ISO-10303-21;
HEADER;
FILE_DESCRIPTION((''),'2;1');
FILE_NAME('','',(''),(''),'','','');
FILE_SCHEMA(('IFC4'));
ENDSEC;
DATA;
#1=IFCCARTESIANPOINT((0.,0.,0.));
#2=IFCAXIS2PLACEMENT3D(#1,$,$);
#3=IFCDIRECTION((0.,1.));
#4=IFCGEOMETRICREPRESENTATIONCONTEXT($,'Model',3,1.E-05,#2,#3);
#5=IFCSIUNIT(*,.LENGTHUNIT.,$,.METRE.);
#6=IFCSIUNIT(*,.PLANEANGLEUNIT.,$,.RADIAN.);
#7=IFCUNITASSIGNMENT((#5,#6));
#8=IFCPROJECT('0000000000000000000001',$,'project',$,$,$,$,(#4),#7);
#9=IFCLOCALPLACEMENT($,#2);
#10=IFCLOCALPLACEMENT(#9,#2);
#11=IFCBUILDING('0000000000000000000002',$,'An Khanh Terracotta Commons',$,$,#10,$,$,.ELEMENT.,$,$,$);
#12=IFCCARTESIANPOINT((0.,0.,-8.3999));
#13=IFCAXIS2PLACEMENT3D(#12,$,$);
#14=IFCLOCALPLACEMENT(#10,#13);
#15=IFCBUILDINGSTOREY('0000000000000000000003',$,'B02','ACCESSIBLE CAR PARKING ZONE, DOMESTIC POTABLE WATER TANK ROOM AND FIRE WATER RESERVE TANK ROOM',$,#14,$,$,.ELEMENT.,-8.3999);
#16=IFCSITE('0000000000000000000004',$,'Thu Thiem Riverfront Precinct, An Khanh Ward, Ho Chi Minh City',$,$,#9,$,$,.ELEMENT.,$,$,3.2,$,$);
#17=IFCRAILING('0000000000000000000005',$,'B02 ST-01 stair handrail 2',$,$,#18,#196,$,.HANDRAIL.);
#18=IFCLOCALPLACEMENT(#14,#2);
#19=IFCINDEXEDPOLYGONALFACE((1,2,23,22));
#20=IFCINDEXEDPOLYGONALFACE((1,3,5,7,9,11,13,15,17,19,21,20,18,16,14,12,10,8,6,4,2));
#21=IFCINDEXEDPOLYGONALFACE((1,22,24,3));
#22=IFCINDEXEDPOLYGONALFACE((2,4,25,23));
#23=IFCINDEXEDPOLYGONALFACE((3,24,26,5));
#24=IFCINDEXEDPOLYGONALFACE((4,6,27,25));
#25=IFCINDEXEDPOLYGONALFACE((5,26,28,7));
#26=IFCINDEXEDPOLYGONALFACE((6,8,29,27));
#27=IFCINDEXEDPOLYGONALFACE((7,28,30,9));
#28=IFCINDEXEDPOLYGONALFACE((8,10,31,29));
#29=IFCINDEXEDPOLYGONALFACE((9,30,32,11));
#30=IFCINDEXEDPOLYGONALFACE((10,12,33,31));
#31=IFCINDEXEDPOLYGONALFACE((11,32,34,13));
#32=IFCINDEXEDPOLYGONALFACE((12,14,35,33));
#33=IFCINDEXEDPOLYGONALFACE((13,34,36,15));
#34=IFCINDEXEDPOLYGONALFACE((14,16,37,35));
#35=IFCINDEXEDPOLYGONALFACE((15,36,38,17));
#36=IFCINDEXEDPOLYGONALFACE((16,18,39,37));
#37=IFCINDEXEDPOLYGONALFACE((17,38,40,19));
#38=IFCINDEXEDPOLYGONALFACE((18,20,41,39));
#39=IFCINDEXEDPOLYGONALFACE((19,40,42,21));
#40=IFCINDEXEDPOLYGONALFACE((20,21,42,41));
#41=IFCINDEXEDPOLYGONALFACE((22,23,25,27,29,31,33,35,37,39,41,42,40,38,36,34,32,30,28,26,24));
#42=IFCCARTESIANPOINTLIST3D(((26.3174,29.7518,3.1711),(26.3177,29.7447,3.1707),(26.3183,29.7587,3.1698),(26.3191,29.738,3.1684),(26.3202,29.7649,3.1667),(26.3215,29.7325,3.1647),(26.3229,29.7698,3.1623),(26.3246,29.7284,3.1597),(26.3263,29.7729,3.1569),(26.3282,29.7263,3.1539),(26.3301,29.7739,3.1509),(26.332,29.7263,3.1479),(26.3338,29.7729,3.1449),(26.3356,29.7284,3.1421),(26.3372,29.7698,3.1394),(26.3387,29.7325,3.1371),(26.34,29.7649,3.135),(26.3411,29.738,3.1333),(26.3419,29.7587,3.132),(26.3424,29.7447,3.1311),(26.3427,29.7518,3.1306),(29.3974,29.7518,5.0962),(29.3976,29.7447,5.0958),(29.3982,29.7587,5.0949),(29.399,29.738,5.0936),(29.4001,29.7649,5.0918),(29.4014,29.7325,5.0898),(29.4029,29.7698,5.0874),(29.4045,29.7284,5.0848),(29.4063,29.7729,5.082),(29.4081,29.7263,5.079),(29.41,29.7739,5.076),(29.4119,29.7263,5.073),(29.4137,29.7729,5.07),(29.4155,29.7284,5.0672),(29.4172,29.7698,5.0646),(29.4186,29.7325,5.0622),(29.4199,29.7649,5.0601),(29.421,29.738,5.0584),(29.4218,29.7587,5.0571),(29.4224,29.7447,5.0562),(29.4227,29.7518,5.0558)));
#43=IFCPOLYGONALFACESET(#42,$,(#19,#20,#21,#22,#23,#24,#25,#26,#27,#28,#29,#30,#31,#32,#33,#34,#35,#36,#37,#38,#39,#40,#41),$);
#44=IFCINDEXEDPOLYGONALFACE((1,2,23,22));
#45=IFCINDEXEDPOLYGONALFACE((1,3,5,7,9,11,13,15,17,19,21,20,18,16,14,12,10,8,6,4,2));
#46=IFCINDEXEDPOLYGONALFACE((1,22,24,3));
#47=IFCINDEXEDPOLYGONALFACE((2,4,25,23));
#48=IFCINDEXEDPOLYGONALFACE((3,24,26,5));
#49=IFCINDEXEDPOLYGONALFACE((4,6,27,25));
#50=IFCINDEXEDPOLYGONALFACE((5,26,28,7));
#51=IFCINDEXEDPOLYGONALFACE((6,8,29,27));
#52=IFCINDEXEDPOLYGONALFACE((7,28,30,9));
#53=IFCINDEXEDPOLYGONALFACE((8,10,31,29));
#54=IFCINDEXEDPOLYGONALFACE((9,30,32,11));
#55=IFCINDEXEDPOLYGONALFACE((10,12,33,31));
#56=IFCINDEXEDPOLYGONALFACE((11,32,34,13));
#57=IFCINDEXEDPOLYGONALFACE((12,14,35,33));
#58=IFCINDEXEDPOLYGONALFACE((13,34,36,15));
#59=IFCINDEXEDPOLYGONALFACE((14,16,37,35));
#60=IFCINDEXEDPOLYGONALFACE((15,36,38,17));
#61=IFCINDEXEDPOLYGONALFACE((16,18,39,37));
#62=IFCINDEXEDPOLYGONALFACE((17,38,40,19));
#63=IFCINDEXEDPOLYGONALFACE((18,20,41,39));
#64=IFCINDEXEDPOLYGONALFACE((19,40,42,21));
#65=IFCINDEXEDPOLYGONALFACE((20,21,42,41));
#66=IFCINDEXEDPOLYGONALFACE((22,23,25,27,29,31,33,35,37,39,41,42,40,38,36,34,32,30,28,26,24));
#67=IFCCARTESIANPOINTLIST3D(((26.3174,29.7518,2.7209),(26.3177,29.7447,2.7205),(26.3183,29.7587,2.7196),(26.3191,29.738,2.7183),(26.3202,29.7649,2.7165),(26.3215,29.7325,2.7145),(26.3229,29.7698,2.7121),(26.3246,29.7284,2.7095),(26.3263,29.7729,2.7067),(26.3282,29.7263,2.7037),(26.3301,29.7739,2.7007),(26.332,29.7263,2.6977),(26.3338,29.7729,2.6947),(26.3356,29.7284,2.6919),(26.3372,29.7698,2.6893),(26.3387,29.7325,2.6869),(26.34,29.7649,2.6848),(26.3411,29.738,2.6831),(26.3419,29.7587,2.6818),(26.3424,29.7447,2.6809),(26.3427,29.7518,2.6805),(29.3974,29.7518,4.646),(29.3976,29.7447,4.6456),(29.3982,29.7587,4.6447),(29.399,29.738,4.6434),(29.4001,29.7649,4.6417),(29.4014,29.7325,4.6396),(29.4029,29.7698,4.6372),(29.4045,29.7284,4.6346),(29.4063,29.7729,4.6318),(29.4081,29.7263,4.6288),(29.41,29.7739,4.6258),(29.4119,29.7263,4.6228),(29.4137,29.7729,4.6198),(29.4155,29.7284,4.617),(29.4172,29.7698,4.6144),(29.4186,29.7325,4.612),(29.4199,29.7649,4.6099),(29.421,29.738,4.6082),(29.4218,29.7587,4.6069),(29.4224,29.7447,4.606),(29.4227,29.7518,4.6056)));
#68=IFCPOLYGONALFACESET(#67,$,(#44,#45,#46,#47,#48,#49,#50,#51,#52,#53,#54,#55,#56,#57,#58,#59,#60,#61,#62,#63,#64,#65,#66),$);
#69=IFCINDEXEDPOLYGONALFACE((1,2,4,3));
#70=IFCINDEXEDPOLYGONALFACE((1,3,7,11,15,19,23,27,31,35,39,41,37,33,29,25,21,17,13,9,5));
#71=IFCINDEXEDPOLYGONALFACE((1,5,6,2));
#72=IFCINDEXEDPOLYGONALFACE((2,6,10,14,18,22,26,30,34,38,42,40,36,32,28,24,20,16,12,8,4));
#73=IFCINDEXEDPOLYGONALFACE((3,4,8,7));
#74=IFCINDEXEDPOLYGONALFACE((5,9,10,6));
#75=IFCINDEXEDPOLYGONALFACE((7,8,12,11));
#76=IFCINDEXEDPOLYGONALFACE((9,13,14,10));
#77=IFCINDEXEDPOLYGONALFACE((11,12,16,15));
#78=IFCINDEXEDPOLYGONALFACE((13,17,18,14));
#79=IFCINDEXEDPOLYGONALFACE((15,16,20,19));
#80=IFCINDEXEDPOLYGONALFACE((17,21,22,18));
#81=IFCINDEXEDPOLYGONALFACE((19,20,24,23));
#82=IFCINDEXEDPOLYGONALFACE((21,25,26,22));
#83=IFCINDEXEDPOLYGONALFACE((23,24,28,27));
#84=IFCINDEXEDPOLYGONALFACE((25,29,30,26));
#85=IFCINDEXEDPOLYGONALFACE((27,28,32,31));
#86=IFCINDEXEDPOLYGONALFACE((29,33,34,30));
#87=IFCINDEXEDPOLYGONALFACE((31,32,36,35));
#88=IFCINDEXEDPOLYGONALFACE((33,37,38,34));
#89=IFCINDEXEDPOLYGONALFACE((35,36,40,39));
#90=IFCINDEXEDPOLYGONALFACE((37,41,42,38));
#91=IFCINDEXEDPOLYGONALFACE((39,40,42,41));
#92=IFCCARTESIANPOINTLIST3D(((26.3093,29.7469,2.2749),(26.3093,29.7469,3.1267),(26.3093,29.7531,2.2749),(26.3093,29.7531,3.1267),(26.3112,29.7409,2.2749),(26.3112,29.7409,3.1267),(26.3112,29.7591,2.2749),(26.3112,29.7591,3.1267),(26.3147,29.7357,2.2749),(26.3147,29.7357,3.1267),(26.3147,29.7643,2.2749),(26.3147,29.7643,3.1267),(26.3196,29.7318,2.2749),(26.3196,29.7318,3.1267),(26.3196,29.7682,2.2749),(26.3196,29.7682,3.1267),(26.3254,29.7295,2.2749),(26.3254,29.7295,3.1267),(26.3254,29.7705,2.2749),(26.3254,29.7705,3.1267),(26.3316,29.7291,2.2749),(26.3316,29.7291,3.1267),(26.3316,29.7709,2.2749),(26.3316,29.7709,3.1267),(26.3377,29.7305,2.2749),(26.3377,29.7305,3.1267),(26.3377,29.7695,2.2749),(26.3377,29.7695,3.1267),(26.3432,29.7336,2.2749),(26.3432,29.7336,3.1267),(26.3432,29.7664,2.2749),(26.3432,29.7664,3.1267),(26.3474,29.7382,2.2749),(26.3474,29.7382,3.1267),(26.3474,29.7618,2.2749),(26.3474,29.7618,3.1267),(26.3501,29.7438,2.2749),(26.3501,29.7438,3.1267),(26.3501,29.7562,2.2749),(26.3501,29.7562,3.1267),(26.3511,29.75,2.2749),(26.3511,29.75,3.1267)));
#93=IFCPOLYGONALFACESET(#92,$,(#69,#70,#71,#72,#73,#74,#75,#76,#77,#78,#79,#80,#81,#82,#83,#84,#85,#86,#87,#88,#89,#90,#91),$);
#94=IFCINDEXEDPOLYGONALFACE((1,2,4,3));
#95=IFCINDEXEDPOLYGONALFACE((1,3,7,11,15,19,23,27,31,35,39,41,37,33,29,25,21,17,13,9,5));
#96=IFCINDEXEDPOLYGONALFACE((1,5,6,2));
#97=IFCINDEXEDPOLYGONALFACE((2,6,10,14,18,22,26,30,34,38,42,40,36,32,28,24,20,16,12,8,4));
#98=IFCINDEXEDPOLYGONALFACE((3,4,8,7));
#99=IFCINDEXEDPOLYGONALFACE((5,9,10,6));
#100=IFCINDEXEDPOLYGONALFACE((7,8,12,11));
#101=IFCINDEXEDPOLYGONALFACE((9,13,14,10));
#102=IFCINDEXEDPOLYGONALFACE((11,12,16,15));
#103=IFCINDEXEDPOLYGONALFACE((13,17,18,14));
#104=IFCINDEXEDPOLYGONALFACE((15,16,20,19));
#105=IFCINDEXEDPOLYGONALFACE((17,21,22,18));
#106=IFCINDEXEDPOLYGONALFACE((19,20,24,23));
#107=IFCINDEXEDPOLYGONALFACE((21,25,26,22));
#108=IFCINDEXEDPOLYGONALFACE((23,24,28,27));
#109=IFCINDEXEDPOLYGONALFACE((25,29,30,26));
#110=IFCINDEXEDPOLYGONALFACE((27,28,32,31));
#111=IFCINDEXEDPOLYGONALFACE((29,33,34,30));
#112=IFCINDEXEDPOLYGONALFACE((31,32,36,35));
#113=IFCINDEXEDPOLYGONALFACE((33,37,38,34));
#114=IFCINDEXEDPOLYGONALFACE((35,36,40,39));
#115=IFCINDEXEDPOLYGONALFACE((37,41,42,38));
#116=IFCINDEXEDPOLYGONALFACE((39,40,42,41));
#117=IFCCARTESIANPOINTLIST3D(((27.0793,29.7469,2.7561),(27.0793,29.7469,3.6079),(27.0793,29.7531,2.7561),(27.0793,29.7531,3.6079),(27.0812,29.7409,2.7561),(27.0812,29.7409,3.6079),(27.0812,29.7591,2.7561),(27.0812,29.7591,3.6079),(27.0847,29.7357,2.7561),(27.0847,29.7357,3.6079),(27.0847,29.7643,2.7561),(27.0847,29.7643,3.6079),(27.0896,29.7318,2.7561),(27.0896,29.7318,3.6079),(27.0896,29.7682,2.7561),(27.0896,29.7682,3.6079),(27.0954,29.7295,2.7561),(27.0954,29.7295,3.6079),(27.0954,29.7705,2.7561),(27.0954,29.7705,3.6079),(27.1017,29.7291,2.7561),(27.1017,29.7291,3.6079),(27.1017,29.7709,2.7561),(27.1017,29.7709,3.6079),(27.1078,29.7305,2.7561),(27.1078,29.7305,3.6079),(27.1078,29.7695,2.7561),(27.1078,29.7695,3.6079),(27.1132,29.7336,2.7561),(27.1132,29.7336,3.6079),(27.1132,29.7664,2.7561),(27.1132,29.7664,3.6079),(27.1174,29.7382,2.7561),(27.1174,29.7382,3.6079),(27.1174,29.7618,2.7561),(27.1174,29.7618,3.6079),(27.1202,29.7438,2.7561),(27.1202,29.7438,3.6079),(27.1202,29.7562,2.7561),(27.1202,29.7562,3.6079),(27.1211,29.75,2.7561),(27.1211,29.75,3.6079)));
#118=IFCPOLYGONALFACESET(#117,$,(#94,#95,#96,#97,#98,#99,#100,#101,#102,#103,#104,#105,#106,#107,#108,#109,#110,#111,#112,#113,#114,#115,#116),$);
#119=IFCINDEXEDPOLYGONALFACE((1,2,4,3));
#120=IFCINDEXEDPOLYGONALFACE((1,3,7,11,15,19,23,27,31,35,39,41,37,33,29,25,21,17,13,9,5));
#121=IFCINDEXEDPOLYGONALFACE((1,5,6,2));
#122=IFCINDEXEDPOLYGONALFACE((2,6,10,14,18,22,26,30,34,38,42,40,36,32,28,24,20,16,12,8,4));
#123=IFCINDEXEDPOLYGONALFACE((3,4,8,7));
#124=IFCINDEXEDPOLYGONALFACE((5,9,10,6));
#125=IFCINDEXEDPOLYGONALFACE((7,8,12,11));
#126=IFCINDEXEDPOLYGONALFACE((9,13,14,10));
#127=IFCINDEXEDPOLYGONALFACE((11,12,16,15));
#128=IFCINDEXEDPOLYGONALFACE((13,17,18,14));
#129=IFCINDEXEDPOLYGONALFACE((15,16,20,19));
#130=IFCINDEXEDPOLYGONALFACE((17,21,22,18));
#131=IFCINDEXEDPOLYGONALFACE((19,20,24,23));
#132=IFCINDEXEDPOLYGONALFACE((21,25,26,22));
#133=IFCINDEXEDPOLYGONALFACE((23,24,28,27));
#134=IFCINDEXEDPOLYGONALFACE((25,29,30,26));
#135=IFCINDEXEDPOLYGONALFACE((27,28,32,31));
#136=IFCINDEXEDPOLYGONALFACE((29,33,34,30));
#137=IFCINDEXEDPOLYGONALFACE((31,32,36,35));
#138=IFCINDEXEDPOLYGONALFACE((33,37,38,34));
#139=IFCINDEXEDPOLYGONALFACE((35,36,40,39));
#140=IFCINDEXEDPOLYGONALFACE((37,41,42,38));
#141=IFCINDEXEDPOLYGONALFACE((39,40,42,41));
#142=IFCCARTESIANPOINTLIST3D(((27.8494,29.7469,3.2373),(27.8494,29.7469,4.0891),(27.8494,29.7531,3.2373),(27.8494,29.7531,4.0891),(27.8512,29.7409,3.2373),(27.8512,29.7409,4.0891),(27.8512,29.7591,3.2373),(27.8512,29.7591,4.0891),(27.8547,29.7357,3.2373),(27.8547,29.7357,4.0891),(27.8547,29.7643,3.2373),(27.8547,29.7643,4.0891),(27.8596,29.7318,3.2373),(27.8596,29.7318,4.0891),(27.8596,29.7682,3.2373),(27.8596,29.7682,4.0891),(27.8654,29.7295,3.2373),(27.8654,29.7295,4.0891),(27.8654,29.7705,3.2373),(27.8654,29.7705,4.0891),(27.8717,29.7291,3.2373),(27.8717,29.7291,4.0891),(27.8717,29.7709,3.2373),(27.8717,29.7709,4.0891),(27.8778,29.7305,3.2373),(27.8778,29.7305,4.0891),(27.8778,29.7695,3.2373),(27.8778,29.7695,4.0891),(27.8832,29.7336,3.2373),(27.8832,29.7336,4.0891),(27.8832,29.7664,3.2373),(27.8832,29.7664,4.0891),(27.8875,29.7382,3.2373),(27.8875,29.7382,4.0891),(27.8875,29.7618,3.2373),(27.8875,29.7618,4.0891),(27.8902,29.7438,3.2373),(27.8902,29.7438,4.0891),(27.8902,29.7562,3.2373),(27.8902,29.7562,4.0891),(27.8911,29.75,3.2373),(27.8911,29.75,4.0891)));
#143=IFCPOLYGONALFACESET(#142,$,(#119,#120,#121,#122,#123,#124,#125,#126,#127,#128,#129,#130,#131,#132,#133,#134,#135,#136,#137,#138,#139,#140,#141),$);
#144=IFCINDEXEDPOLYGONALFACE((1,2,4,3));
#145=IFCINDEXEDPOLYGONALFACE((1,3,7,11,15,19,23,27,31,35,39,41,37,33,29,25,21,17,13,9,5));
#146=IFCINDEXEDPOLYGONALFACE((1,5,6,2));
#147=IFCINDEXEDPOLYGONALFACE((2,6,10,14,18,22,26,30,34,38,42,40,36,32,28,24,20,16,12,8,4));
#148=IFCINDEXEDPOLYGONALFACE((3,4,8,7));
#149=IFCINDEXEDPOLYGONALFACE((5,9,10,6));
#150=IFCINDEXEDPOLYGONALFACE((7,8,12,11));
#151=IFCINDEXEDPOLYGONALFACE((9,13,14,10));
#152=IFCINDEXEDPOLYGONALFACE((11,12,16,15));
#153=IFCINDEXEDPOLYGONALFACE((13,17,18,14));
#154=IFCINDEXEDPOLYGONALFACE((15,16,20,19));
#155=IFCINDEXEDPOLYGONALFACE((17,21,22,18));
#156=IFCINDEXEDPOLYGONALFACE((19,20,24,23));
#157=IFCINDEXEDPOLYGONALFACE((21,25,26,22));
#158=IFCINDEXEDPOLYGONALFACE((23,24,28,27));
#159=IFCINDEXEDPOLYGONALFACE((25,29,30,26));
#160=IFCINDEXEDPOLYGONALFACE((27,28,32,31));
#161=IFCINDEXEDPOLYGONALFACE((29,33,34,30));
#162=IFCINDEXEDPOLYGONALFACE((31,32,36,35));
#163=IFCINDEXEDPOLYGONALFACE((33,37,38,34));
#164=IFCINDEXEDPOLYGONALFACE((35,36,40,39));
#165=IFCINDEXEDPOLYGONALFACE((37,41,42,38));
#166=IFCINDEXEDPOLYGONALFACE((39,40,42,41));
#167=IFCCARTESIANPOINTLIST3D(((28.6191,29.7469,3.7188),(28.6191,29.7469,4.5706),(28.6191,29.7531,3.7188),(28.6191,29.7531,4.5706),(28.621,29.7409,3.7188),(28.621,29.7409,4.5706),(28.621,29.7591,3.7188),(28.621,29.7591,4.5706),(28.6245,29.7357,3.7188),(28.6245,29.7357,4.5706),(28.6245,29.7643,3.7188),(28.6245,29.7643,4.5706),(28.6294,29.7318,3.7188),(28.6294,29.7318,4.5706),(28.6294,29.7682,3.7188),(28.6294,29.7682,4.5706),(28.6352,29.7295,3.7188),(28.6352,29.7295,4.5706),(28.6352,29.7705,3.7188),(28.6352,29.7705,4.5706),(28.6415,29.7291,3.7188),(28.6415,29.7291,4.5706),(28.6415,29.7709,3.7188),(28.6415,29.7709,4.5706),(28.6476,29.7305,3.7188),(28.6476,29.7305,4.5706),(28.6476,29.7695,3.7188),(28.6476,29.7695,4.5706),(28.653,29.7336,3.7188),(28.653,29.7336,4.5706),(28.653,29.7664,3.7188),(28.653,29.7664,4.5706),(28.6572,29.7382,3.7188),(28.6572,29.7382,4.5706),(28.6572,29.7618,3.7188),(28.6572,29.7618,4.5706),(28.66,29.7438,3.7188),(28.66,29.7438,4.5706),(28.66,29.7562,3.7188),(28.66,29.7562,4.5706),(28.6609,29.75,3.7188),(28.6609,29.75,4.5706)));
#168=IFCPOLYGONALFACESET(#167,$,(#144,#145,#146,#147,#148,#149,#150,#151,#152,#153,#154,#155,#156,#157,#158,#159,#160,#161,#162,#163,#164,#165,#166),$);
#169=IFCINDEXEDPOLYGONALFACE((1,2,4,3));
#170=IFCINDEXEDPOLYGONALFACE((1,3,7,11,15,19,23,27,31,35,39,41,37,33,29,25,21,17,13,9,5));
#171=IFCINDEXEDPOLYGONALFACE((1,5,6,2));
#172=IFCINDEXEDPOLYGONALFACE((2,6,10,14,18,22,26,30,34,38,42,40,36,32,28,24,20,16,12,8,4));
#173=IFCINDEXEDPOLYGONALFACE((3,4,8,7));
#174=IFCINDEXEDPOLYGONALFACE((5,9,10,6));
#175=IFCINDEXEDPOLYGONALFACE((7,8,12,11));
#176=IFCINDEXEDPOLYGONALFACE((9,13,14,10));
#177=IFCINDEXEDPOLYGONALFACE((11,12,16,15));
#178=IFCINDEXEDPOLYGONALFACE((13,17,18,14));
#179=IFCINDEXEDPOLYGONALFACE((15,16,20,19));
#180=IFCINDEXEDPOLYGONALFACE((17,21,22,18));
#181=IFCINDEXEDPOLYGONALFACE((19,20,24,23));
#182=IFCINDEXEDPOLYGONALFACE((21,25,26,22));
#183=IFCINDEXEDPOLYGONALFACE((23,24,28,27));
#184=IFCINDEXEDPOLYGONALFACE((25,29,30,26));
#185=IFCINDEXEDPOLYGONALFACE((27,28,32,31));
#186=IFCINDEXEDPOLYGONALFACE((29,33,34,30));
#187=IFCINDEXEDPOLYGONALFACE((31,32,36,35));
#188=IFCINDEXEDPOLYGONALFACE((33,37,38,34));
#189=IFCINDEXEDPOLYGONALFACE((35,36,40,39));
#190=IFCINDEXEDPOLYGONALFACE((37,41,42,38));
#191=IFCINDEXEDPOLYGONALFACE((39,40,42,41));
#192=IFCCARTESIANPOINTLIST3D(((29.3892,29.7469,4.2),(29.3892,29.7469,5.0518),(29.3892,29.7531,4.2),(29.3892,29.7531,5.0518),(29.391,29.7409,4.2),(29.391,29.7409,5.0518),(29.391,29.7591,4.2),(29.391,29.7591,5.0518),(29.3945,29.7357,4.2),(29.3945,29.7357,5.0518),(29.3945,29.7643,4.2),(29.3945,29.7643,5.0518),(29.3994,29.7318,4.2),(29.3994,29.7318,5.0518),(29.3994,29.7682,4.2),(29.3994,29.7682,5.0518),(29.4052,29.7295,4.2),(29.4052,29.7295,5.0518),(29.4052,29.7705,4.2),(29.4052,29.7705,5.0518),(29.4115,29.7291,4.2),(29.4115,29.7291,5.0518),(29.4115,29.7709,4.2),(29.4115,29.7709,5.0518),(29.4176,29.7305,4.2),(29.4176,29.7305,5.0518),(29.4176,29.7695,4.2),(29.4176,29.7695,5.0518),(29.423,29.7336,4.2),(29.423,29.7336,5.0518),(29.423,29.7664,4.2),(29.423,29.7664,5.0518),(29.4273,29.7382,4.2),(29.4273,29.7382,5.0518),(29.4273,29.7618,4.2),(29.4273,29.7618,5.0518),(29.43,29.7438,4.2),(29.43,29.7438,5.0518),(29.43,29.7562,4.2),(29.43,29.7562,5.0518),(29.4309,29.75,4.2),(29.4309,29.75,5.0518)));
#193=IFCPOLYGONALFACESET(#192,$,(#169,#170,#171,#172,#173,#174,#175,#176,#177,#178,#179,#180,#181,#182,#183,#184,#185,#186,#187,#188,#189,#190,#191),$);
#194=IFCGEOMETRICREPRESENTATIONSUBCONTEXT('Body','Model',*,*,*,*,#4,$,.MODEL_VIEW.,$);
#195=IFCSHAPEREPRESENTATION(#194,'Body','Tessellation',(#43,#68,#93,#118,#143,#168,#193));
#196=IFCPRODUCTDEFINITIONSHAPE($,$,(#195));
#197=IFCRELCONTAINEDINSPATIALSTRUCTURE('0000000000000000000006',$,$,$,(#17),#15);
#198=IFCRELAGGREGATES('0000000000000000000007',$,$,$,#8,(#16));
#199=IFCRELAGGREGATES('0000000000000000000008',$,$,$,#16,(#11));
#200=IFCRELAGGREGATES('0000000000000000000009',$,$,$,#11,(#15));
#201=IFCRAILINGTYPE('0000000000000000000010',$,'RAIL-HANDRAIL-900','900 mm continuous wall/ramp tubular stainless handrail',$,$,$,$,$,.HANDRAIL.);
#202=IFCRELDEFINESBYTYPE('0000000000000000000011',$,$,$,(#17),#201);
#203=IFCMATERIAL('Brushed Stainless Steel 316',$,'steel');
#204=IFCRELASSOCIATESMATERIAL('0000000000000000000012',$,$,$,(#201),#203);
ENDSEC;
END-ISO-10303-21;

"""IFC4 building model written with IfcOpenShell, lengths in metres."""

from ifc_helpers import new_model, si_unit, direction, frame, origin, origin_2d, place, context, subcontext, project, spatial, circle, extrude, material, type_object, element, save


model = new_model("IFC4")

# Units and contexts
model_context = context("Model", 3, precision=1e-05, world=origin(), true_north=direction((0.0, 1.0)))
body_context = subcontext(model_context, "Body", "Model", "MODEL_VIEW")
ifc_project = project(units=[si_unit("LENGTHUNIT", "METRE"), si_unit("PLANEANGLEUNIT", "RADIAN")], contexts=[model_context])

# Site, building, storey
site_placement = place(None, origin())
site = spatial("IfcSite", under=ifc_project, at=site_placement, Name="Thu Thiem Riverfront Precinct, An Khanh Ward, Ho Chi Minh City", CompositionType="ELEMENT", RefElevation=3.2)
building_placement = place(site_placement, origin())
building = spatial("IfcBuilding", under=site, at=building_placement, Name="An Khanh Terracotta Commons", CompositionType="ELEMENT")
storey_placement = place(building_placement, frame((0.0, 0.0, -8.3999)))
storey = spatial("IfcBuildingStorey", under=building, at=storey_placement, Name="B02", Description="ACCESSIBLE CAR PARKING ZONE, DOMESTIC POTABLE WATER TANK ROOM AND FIRE WATER RESERVE TANK ROOM", CompositionType="ELEMENT", Elevation=-8.3999)

# Railing
ifc_material_1 = material(Name="Brushed Stainless Steel 316", Category="steel")
railing_type_1 = type_object("IfcRailingType", Name="RAIL-HANDRAIL-900", Description="900 mm continuous wall/ramp tubular stainless handrail", PredefinedType="HANDRAIL", material=ifc_material_1)
railing_1_placement = place(storey_placement, frame((26.3301, 29.75, 2.2749)))
element("IfcRailing", 1, at=railing_1_placement, inside=storey, type_object=railing_type_1, Name="B02 ST-01 stair handrail 2", PredefinedType="HANDRAIL", context=body_context, shape_type="SweptSolid", body=[
    extrude(circle(Radius=0.0239, at=origin_2d()), frame((0.0, 0.0, 0.876), z_axis=(0.847979, 0.0, 0.530029), x_axis=(0.0, 1.0, 0.0)), (0.0, 0.0, 1.0), 3.6321),
    extrude(circle(Radius=0.0239, at=origin_2d()), frame((0.0, 0.0, 0.4258), z_axis=(0.847979, 0.0, 0.530029), x_axis=(0.0, 1.0, 0.0)), (0.0, 0.0, 1.0), 3.6321),
    extrude(circle(Radius=0.021, at=origin_2d()), origin(), (0.0, 0.0, 1.0), 0.8518),
    extrude(circle(Radius=0.021, at=origin_2d()), frame((0.77, 0.0, 0.4812)), (0.0, 0.0, 1.0), 0.8518),
    extrude(circle(Radius=0.021, at=origin_2d()), frame((1.54, 0.0, 0.9624)), (0.0, 0.0, 1.0), 0.8518),
    extrude(circle(Radius=0.021, at=origin_2d()), frame((2.3098, 0.0, 1.4438)), (0.0, 0.0, 1.0), 0.8518),
    extrude(circle(Radius=0.021, at=origin_2d()), frame((3.0798, 0.0, 1.925)), (0.0, 0.0, 1.0), 0.8518),
])

save(model, "model.ifc")
